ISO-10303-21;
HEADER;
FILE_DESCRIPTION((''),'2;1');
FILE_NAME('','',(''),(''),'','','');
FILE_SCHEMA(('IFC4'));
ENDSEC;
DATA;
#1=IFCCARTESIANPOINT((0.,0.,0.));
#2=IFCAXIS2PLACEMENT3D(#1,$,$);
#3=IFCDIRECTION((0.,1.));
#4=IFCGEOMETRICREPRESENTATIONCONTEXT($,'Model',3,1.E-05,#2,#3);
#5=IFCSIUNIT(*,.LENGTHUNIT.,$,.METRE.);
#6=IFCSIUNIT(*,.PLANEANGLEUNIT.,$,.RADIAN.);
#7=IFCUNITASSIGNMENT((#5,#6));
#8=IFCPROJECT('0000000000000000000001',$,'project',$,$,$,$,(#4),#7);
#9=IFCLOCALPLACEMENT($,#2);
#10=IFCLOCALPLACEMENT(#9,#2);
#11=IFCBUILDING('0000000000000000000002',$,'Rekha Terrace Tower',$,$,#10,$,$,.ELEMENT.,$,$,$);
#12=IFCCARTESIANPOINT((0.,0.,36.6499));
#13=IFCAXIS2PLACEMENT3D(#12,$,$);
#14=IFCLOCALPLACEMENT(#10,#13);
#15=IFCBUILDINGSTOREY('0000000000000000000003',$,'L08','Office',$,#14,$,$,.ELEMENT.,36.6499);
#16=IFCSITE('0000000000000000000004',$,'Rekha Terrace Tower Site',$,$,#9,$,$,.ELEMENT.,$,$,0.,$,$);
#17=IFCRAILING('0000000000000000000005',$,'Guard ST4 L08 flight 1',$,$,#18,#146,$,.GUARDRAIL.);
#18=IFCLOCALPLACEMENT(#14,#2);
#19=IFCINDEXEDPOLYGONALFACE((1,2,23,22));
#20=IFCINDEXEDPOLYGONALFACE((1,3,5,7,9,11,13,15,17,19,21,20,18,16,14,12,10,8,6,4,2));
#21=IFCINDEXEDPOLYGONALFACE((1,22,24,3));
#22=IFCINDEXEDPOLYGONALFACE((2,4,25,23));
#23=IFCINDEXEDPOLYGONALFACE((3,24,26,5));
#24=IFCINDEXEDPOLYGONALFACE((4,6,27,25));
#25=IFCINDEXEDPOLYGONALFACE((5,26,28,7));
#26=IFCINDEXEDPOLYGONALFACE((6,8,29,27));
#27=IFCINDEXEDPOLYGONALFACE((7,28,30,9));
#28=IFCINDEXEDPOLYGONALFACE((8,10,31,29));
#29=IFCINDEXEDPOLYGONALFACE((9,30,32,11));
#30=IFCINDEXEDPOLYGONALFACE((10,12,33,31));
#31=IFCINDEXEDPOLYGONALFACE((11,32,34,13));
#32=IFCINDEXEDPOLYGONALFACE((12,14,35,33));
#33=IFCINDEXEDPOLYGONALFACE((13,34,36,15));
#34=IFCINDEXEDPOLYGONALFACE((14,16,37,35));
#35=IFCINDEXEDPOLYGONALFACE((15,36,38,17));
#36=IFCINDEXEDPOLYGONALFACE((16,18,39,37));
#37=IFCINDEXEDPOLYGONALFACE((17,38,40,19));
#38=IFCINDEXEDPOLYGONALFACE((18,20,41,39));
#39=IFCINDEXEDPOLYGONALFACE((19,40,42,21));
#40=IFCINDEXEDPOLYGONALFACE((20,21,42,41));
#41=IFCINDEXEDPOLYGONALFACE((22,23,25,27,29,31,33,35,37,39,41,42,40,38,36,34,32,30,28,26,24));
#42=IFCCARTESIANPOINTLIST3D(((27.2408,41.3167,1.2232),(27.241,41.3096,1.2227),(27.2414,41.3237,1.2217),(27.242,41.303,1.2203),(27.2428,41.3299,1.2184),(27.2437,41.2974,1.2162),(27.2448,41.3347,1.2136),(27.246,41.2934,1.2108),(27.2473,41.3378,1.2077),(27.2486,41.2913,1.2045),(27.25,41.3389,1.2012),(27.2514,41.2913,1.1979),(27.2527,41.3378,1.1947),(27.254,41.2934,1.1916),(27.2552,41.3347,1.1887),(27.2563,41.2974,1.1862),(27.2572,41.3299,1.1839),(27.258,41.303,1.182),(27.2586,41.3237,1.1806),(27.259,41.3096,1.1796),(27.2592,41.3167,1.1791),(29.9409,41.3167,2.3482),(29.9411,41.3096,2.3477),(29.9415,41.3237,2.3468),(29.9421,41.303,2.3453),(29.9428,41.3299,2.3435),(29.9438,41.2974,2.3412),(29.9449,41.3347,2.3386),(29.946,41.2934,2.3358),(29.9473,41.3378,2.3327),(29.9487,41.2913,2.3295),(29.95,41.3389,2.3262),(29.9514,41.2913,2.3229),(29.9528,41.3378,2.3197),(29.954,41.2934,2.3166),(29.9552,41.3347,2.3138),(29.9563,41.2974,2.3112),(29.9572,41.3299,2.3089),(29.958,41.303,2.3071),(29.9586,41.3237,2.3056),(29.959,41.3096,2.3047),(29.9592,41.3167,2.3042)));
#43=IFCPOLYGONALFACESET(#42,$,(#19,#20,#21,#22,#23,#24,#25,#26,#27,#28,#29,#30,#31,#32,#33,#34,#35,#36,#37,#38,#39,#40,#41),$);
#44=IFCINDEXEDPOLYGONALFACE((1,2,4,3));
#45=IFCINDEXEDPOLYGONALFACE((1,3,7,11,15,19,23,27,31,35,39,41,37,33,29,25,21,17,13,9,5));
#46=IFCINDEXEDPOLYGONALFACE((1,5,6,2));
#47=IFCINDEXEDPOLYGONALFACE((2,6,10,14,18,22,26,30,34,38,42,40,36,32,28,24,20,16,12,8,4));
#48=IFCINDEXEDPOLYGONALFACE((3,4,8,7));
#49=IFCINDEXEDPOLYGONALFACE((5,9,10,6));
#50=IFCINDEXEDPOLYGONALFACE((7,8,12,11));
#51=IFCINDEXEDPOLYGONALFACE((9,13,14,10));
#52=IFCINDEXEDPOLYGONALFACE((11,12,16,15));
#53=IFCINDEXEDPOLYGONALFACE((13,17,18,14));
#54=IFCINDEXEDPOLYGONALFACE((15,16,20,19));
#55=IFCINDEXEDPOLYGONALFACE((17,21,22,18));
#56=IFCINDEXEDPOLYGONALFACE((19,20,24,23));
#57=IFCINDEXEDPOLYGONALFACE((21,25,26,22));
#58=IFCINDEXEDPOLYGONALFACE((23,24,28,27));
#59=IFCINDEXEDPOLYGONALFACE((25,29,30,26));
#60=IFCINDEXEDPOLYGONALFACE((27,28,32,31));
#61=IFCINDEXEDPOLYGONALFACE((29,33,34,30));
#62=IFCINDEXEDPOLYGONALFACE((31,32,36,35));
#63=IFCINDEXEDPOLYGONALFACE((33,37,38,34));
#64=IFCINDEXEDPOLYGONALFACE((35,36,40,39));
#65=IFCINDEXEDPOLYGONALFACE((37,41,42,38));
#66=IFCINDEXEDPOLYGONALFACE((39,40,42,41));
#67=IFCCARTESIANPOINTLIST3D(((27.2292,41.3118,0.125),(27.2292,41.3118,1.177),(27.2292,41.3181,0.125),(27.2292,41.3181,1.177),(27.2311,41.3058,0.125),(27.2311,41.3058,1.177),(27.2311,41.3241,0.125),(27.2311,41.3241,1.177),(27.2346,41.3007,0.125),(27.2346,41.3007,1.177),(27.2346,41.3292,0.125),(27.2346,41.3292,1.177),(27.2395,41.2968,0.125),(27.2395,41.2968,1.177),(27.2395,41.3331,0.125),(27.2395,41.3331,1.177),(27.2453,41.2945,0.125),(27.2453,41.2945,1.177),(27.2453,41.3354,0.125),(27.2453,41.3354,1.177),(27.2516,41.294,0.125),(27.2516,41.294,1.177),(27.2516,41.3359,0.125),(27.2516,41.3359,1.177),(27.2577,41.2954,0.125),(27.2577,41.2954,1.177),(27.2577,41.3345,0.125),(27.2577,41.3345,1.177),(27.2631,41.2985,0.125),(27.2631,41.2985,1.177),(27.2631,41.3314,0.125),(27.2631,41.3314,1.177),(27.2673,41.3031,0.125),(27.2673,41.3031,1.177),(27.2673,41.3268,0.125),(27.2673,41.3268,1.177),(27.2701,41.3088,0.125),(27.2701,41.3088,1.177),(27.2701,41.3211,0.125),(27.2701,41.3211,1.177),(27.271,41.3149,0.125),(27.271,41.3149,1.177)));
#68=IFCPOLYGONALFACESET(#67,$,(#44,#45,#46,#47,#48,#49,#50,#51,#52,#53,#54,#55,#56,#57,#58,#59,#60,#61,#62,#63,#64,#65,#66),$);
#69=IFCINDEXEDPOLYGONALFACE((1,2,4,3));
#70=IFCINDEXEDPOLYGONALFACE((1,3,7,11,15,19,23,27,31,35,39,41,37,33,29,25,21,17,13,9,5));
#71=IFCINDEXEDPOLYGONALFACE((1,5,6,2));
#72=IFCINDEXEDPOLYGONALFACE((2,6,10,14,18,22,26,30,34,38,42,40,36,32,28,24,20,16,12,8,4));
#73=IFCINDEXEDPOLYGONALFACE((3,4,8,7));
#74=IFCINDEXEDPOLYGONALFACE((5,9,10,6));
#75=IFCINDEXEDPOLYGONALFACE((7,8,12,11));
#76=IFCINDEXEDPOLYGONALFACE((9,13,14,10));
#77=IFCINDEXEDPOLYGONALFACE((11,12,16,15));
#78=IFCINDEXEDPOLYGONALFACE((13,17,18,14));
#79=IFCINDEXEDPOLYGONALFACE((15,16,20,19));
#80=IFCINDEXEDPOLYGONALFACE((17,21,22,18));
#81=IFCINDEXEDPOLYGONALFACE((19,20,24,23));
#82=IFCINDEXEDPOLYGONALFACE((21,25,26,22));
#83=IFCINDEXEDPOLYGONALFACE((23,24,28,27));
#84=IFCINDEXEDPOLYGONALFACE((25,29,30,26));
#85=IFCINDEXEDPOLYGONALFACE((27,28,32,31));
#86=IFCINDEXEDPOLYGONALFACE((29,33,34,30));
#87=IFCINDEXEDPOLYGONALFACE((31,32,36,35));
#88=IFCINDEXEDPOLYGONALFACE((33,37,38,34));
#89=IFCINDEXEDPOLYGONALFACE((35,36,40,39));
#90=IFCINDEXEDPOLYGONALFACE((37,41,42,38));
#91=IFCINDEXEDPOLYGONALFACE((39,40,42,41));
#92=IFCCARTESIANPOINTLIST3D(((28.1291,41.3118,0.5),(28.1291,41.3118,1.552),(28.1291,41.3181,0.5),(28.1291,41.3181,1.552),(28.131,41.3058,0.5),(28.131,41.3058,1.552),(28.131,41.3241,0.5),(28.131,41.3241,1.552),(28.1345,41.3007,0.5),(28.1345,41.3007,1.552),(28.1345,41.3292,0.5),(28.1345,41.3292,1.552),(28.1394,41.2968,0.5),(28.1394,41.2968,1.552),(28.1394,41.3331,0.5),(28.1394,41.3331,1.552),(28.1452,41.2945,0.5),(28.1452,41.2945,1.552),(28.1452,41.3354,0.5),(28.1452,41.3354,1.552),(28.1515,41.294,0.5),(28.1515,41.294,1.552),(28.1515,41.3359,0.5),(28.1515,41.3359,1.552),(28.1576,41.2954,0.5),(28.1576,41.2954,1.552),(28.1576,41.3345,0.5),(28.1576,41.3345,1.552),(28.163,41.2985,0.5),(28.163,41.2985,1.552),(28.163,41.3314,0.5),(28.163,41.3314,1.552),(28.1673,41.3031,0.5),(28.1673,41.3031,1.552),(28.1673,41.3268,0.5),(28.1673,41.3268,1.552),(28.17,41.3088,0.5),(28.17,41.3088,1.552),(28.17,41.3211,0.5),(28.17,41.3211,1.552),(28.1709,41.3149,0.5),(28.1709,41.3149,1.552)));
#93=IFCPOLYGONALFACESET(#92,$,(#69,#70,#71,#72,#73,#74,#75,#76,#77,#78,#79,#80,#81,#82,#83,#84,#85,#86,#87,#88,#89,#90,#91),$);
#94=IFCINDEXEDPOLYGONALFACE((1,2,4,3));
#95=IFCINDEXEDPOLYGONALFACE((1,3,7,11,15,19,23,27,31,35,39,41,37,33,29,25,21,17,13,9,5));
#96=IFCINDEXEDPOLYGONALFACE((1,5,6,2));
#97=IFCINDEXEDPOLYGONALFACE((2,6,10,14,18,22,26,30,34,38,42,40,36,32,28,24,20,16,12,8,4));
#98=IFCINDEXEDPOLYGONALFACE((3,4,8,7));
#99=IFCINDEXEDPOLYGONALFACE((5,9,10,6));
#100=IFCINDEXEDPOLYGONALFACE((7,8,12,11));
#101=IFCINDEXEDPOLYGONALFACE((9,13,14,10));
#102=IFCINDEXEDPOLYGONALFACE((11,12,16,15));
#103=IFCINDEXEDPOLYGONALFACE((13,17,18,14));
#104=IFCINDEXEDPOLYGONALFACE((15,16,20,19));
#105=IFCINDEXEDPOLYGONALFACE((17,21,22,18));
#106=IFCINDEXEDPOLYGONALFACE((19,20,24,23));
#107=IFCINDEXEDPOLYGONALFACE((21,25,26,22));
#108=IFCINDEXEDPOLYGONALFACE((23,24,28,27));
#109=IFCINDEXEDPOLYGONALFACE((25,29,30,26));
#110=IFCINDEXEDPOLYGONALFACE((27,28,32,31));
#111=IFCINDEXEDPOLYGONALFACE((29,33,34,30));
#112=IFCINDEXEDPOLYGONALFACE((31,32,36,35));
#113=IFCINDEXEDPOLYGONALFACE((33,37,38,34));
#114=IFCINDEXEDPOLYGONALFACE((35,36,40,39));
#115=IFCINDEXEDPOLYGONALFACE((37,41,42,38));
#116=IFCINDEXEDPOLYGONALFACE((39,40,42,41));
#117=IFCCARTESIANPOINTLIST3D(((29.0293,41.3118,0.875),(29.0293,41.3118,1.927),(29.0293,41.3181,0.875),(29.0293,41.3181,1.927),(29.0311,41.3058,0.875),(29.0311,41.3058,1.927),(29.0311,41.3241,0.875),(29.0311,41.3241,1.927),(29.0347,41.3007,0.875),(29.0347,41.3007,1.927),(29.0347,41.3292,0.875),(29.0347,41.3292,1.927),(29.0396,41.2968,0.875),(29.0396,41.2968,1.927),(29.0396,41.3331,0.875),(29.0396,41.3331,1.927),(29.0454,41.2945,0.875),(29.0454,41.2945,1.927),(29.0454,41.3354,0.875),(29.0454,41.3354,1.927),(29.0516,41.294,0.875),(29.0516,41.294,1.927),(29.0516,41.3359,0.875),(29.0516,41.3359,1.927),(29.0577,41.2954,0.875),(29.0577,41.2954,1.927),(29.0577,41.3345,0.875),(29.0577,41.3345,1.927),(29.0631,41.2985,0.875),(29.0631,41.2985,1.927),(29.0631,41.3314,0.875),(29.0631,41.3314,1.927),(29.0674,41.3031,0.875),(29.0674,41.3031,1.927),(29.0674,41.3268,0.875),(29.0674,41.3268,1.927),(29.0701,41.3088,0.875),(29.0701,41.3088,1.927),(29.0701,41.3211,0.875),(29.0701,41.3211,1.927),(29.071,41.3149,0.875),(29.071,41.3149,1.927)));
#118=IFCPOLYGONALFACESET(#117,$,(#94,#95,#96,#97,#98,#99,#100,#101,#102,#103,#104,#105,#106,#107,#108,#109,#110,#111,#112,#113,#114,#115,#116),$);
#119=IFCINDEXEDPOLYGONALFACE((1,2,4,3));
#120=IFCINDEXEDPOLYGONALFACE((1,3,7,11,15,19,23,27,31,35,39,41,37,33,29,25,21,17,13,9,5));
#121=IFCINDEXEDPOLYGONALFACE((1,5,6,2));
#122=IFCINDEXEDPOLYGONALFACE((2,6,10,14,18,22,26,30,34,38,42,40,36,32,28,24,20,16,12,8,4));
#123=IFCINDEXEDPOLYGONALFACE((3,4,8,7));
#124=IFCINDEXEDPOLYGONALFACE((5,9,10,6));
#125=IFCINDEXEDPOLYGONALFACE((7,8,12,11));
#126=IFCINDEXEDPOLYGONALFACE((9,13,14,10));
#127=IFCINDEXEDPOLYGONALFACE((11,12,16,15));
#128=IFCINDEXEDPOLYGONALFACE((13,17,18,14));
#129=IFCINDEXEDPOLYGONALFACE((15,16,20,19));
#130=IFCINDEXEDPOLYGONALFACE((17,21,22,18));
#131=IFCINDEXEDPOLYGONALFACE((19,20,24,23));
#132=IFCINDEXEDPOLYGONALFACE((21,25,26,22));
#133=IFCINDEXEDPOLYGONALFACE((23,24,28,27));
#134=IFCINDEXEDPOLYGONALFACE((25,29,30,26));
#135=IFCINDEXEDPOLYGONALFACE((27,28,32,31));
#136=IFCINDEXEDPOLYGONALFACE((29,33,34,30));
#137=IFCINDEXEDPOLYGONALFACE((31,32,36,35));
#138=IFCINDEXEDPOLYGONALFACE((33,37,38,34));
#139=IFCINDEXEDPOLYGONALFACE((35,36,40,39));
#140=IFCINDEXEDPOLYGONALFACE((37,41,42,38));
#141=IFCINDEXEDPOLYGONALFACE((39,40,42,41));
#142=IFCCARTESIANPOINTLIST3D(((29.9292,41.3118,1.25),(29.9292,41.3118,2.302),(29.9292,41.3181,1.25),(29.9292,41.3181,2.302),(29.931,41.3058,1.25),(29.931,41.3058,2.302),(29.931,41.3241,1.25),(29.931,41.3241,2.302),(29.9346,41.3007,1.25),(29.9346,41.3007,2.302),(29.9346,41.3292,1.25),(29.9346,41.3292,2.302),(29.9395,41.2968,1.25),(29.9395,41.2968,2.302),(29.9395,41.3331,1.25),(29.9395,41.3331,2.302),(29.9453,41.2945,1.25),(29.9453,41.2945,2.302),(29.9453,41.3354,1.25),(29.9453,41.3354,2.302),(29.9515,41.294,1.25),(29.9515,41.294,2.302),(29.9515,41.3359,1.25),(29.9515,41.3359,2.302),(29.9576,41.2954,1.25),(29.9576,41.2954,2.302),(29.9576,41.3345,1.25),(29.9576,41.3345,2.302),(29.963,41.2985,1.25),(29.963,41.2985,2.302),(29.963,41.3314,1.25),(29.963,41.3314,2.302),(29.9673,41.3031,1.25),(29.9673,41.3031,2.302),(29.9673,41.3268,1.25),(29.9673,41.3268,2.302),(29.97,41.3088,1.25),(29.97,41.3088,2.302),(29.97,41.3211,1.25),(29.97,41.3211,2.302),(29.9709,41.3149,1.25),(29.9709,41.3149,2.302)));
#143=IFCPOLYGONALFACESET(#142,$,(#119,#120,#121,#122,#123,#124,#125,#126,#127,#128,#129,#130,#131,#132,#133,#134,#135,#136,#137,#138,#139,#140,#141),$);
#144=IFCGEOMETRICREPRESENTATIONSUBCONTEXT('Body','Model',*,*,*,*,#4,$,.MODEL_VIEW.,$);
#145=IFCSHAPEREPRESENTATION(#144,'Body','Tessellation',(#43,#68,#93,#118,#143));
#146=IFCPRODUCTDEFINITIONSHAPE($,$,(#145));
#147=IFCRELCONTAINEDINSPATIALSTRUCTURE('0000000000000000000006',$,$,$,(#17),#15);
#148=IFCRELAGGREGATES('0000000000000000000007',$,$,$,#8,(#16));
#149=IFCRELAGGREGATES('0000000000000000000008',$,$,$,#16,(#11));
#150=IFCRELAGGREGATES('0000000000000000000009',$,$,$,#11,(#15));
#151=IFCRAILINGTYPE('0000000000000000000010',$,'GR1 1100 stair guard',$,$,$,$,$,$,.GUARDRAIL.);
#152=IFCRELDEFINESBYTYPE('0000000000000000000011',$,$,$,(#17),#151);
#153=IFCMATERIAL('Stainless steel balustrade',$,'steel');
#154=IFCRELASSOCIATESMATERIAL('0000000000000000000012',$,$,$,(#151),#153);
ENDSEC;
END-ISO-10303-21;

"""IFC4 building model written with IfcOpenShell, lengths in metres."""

from ifc_helpers import new_model, si_unit, direction, frame, origin, origin_2d, place, context, subcontext, project, spatial, circle, extrude, material, type_object, element, save


model = new_model("IFC4")

# Units and contexts
model_context = context("Model", 3, precision=1e-05, world=origin(), true_north=direction((0.0, 1.0)))
body_context = subcontext(model_context, "Body", "Model", "MODEL_VIEW")
ifc_project = project(units=[si_unit("LENGTHUNIT", "METRE"), si_unit("PLANEANGLEUNIT", "RADIAN")], contexts=[model_context])

# Site, building, storey
site_placement = place(None, origin())
site = spatial("IfcSite", under=ifc_project, at=site_placement, Name="Rekha Terrace Tower Site", CompositionType="ELEMENT", RefElevation=0.0)
building_placement = place(site_placement, origin())
building = spatial("IfcBuilding", under=site, at=building_placement, Name="Rekha Terrace Tower", CompositionType="ELEMENT")
storey_placement = place(building_placement, frame((0.0, 0.0, 36.6499)))
storey = spatial("IfcBuildingStorey", under=building, at=storey_placement, Name="L08", Description="Office", CompositionType="ELEMENT", Elevation=36.6499)

# Railing
ifc_material_1 = material(Name="Stainless steel balustrade", Category="steel")
railing_type_1 = type_object("IfcRailingType", Name="GR1 1100 stair guard", PredefinedType="GUARDRAIL", material=ifc_material_1)
railing_1_placement = place(storey_placement, frame((27.25, 41.3149, 0.125)))
element("IfcRailing", 1, at=railing_1_placement, inside=storey, type_object=railing_type_1, Name="Guard ST4 L08 flight 1", PredefinedType="GUARDRAIL", context=body_context, shape_type="SweptSolid", body=[
    extrude(circle(Radius=0.0239, at=origin_2d()), frame((0.0, 0.0, 1.0762), z_axis=(0.923074, 0.0, 0.384621), x_axis=(0.0, 1.0, 0.0)), (0.0, 0.0, 1.0), 2.925),
    extrude(circle(Radius=0.021, at=origin_2d()), origin(), (0.0, 0.0, 1.0), 1.052),
    extrude(circle(Radius=0.021, at=origin_2d()), frame((0.8999, 0.0, 0.375)), (0.0, 0.0, 1.0), 1.052),
    extrude(circle(Radius=0.021, at=origin_2d()), frame((1.8, 0.0, 0.75)), (0.0, 0.0, 1.0), 1.052),
    extrude(circle(Radius=0.021, at=origin_2d()), frame((2.7, 0.0, 1.125)), (0.0, 0.0, 1.0), 1.052),
])

save(model, "model.ifc")
